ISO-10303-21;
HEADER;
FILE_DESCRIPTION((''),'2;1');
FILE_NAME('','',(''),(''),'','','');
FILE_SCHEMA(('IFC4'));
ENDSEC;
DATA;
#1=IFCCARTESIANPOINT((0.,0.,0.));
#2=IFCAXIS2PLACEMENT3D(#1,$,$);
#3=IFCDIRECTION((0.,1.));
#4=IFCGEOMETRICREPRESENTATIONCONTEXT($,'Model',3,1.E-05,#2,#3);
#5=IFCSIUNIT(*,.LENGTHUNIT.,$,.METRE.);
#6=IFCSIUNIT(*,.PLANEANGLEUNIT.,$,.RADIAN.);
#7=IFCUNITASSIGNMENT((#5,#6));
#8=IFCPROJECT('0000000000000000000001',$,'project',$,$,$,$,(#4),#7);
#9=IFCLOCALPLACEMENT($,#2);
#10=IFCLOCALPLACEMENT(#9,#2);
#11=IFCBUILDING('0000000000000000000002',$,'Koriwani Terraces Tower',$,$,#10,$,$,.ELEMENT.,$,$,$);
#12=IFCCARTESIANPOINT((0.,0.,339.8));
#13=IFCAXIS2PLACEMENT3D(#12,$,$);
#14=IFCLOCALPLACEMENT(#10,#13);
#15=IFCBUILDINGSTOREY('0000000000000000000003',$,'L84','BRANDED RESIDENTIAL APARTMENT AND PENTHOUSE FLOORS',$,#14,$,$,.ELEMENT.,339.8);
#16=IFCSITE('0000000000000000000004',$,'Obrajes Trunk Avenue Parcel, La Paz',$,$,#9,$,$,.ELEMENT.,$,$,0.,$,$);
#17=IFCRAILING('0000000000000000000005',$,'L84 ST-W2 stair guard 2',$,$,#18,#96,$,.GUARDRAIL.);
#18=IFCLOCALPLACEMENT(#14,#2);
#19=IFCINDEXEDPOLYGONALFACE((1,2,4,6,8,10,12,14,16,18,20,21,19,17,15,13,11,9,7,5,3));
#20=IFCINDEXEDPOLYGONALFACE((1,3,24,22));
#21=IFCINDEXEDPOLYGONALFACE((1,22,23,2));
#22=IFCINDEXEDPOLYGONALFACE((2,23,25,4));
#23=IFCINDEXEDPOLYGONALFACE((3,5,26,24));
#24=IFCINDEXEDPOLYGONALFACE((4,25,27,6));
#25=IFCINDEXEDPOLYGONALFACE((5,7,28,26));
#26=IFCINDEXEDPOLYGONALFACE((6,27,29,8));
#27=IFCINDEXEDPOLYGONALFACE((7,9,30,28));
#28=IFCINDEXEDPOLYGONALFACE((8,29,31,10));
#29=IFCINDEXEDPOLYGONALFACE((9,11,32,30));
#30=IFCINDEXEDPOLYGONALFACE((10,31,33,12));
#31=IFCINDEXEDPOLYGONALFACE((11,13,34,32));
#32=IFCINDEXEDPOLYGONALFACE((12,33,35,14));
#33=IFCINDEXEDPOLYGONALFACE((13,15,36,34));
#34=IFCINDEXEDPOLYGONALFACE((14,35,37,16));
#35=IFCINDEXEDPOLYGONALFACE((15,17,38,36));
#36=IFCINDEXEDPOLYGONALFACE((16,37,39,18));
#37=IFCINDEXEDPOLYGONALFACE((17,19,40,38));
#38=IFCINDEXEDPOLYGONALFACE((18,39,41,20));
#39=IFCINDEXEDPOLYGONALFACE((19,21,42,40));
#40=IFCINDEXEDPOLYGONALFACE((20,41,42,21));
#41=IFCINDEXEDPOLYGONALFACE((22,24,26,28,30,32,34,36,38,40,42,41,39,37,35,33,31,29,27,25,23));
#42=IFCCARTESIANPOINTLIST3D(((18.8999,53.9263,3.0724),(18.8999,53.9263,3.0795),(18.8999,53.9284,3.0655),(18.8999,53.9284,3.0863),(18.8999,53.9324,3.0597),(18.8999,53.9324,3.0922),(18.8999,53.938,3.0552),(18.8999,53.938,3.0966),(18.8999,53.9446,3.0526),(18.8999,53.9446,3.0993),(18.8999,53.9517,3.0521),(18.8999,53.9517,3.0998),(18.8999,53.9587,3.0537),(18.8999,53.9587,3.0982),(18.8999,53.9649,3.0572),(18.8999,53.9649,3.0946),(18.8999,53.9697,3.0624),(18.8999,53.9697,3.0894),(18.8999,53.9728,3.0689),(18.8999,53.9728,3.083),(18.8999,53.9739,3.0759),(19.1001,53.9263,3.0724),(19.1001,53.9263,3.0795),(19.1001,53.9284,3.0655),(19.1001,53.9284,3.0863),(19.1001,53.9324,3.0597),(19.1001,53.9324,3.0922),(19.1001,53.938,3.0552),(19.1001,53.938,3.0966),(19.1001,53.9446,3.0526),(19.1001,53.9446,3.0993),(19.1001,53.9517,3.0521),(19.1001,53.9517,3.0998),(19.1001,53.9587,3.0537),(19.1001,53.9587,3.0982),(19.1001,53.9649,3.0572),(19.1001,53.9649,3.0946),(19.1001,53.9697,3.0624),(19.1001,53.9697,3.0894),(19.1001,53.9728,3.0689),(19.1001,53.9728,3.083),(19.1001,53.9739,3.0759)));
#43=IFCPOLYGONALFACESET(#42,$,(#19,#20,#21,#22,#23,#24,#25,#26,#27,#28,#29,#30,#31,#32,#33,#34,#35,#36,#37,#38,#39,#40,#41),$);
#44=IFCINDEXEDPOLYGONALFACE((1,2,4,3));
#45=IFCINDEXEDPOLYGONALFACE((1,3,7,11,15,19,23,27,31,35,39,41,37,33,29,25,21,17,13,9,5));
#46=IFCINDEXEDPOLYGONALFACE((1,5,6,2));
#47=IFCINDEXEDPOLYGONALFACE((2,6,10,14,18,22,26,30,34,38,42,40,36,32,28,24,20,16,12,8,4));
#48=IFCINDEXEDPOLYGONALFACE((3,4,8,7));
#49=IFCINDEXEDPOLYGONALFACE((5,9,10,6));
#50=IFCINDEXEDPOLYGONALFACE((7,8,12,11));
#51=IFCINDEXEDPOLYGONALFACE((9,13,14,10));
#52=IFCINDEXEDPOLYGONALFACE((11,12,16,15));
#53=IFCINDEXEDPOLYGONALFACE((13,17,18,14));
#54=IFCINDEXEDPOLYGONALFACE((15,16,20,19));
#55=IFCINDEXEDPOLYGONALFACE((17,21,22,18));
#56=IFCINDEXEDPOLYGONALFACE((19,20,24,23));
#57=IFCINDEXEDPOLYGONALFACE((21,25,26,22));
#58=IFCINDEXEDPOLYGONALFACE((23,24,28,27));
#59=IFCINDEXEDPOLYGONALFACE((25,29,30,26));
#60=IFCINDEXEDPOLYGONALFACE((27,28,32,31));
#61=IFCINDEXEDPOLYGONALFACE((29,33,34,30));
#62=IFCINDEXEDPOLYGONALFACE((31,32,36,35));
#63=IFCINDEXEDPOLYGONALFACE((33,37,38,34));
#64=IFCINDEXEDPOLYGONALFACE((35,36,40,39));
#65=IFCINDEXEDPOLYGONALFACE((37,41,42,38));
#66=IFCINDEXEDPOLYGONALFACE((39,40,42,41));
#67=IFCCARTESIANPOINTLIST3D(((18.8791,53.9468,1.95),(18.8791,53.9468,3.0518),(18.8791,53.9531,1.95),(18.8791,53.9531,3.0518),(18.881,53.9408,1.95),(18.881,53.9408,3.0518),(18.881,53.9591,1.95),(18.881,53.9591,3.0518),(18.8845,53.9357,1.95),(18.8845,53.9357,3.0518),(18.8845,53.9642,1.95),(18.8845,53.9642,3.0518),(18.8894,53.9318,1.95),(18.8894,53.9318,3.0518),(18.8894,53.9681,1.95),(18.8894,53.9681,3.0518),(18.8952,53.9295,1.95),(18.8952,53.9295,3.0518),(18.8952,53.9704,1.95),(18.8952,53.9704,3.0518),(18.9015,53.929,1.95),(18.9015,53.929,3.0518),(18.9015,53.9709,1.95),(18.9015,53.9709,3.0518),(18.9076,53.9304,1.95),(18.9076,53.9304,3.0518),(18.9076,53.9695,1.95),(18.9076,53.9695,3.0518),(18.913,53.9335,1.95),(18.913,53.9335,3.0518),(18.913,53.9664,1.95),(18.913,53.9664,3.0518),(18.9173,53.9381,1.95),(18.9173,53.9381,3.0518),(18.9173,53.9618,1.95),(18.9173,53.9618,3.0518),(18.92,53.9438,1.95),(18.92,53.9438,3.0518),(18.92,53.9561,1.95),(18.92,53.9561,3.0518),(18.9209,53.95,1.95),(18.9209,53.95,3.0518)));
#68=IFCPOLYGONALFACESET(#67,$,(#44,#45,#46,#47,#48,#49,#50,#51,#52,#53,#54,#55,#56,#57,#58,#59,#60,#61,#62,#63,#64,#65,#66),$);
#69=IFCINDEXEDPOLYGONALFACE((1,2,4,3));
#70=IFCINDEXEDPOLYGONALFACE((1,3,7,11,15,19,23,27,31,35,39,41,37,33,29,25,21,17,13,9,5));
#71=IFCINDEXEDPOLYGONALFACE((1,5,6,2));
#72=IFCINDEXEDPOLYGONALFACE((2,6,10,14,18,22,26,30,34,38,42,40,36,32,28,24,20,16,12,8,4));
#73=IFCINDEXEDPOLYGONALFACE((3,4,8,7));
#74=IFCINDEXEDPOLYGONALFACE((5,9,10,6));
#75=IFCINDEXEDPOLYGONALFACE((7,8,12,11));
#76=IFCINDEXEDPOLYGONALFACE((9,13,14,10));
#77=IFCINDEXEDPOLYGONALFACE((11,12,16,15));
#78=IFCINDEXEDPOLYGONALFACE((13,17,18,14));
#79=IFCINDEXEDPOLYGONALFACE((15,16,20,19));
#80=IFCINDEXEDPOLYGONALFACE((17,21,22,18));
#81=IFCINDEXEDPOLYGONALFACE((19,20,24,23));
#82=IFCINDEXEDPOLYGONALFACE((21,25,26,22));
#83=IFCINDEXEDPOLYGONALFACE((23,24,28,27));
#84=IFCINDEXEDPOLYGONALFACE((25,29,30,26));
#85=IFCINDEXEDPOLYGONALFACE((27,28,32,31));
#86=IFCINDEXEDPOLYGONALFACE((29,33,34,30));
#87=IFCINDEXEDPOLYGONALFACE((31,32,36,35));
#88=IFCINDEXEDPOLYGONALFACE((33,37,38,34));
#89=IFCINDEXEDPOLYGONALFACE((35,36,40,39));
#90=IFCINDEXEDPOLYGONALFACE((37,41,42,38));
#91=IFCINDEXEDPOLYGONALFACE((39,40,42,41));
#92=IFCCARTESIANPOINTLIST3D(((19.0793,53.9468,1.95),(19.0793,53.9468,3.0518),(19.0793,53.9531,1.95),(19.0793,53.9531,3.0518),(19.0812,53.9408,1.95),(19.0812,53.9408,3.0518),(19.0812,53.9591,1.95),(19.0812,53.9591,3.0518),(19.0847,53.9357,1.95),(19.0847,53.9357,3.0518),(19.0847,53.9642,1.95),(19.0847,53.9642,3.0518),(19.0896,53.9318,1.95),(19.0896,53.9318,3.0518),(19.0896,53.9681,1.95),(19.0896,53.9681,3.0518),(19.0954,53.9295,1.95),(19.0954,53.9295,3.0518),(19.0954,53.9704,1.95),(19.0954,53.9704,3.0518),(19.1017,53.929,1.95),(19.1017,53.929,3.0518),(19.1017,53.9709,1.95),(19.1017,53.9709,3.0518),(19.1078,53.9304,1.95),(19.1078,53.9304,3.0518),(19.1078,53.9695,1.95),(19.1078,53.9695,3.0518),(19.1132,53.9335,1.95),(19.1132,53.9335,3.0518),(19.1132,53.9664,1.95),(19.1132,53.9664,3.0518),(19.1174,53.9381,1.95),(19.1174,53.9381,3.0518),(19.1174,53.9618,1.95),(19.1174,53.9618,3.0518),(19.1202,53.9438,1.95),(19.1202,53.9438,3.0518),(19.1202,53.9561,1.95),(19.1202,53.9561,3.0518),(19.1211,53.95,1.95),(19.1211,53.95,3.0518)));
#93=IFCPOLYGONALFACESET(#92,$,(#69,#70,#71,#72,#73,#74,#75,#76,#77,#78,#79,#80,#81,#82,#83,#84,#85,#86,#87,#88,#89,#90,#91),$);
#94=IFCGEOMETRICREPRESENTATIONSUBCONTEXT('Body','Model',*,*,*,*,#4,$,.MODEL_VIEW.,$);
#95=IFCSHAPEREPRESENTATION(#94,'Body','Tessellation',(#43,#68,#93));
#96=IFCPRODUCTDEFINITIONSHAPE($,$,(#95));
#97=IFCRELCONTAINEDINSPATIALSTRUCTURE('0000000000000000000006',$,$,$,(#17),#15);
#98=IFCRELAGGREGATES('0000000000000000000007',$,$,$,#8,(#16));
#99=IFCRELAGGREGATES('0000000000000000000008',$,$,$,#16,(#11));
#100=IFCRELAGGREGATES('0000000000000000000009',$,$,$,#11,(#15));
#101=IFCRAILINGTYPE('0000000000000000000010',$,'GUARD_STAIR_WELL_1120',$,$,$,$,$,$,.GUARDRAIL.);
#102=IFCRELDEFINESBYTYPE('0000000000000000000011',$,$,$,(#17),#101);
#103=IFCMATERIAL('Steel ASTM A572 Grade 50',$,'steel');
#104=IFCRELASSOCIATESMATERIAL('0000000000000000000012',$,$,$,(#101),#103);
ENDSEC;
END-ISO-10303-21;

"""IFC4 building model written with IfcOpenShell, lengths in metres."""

from ifc_helpers import new_model, si_unit, direction, frame, origin, origin_2d, place, context, subcontext, project, spatial, circle, extrude, material, type_object, element, save


model = new_model("IFC4")

# Units and contexts
model_context = context("Model", 3, precision=1e-05, world=origin(), true_north=direction((0.0, 1.0)))
body_context = subcontext(model_context, "Body", "Model", "MODEL_VIEW")
ifc_project = project(units=[si_unit("LENGTHUNIT", "METRE"), si_unit("PLANEANGLEUNIT", "RADIAN")], contexts=[model_context])

# Site, building, storey
site_placement = place(None, origin())
site = spatial("IfcSite", under=ifc_project, at=site_placement, Name="Obrajes Trunk Avenue Parcel, La Paz", CompositionType="ELEMENT", RefElevation=0.0)
building_placement = place(site_placement, origin())
building = spatial("IfcBuilding", under=site, at=building_placement, Name="Koriwani Terraces Tower", CompositionType="ELEMENT")
storey_placement = place(building_placement, frame((0.0, 0.0, 339.8)))
storey = spatial("IfcBuildingStorey", under=building, at=storey_placement, Name="L84", Description="BRANDED RESIDENTIAL APARTMENT AND PENTHOUSE FLOORS", CompositionType="ELEMENT", Elevation=339.8)

# Shared definitions
ifc_material_1 = material(Name="Steel ASTM A572 Grade 50", Category="steel")

# Railing
railing_type_1 = type_object("IfcRailingType", Name="GUARD_STAIR_WELL_1120", PredefinedType="GUARDRAIL", material=ifc_material_1)
railing_1_placement = place(storey_placement, frame((18.8999, 53.95, 1.95)))
element("IfcRailing", 1, at=railing_1_placement, inside=storey, type_object=railing_type_1, Name="L84 ST-W2 stair guard 2", PredefinedType="GUARDRAIL", context=body_context, shape_type="SweptSolid", body=[
    extrude(circle(Radius=0.0239, at=origin_2d()), frame((0.0, 0.0, 1.126), z_axis=(1.0, 0.0, 0.0), x_axis=(0.0, 1.0, 0.0)), (0.0, 0.0, 1.0), 0.2002),
    extrude(circle(Radius=0.021, at=origin_2d()), origin(), (0.0, 0.0, 1.0), 1.1018),
    extrude(circle(Radius=0.021, at=origin_2d()), frame((0.2002, 0.0, 0.0)), (0.0, 0.0, 1.0), 1.1018),
])

save(model, "model.ifc")
